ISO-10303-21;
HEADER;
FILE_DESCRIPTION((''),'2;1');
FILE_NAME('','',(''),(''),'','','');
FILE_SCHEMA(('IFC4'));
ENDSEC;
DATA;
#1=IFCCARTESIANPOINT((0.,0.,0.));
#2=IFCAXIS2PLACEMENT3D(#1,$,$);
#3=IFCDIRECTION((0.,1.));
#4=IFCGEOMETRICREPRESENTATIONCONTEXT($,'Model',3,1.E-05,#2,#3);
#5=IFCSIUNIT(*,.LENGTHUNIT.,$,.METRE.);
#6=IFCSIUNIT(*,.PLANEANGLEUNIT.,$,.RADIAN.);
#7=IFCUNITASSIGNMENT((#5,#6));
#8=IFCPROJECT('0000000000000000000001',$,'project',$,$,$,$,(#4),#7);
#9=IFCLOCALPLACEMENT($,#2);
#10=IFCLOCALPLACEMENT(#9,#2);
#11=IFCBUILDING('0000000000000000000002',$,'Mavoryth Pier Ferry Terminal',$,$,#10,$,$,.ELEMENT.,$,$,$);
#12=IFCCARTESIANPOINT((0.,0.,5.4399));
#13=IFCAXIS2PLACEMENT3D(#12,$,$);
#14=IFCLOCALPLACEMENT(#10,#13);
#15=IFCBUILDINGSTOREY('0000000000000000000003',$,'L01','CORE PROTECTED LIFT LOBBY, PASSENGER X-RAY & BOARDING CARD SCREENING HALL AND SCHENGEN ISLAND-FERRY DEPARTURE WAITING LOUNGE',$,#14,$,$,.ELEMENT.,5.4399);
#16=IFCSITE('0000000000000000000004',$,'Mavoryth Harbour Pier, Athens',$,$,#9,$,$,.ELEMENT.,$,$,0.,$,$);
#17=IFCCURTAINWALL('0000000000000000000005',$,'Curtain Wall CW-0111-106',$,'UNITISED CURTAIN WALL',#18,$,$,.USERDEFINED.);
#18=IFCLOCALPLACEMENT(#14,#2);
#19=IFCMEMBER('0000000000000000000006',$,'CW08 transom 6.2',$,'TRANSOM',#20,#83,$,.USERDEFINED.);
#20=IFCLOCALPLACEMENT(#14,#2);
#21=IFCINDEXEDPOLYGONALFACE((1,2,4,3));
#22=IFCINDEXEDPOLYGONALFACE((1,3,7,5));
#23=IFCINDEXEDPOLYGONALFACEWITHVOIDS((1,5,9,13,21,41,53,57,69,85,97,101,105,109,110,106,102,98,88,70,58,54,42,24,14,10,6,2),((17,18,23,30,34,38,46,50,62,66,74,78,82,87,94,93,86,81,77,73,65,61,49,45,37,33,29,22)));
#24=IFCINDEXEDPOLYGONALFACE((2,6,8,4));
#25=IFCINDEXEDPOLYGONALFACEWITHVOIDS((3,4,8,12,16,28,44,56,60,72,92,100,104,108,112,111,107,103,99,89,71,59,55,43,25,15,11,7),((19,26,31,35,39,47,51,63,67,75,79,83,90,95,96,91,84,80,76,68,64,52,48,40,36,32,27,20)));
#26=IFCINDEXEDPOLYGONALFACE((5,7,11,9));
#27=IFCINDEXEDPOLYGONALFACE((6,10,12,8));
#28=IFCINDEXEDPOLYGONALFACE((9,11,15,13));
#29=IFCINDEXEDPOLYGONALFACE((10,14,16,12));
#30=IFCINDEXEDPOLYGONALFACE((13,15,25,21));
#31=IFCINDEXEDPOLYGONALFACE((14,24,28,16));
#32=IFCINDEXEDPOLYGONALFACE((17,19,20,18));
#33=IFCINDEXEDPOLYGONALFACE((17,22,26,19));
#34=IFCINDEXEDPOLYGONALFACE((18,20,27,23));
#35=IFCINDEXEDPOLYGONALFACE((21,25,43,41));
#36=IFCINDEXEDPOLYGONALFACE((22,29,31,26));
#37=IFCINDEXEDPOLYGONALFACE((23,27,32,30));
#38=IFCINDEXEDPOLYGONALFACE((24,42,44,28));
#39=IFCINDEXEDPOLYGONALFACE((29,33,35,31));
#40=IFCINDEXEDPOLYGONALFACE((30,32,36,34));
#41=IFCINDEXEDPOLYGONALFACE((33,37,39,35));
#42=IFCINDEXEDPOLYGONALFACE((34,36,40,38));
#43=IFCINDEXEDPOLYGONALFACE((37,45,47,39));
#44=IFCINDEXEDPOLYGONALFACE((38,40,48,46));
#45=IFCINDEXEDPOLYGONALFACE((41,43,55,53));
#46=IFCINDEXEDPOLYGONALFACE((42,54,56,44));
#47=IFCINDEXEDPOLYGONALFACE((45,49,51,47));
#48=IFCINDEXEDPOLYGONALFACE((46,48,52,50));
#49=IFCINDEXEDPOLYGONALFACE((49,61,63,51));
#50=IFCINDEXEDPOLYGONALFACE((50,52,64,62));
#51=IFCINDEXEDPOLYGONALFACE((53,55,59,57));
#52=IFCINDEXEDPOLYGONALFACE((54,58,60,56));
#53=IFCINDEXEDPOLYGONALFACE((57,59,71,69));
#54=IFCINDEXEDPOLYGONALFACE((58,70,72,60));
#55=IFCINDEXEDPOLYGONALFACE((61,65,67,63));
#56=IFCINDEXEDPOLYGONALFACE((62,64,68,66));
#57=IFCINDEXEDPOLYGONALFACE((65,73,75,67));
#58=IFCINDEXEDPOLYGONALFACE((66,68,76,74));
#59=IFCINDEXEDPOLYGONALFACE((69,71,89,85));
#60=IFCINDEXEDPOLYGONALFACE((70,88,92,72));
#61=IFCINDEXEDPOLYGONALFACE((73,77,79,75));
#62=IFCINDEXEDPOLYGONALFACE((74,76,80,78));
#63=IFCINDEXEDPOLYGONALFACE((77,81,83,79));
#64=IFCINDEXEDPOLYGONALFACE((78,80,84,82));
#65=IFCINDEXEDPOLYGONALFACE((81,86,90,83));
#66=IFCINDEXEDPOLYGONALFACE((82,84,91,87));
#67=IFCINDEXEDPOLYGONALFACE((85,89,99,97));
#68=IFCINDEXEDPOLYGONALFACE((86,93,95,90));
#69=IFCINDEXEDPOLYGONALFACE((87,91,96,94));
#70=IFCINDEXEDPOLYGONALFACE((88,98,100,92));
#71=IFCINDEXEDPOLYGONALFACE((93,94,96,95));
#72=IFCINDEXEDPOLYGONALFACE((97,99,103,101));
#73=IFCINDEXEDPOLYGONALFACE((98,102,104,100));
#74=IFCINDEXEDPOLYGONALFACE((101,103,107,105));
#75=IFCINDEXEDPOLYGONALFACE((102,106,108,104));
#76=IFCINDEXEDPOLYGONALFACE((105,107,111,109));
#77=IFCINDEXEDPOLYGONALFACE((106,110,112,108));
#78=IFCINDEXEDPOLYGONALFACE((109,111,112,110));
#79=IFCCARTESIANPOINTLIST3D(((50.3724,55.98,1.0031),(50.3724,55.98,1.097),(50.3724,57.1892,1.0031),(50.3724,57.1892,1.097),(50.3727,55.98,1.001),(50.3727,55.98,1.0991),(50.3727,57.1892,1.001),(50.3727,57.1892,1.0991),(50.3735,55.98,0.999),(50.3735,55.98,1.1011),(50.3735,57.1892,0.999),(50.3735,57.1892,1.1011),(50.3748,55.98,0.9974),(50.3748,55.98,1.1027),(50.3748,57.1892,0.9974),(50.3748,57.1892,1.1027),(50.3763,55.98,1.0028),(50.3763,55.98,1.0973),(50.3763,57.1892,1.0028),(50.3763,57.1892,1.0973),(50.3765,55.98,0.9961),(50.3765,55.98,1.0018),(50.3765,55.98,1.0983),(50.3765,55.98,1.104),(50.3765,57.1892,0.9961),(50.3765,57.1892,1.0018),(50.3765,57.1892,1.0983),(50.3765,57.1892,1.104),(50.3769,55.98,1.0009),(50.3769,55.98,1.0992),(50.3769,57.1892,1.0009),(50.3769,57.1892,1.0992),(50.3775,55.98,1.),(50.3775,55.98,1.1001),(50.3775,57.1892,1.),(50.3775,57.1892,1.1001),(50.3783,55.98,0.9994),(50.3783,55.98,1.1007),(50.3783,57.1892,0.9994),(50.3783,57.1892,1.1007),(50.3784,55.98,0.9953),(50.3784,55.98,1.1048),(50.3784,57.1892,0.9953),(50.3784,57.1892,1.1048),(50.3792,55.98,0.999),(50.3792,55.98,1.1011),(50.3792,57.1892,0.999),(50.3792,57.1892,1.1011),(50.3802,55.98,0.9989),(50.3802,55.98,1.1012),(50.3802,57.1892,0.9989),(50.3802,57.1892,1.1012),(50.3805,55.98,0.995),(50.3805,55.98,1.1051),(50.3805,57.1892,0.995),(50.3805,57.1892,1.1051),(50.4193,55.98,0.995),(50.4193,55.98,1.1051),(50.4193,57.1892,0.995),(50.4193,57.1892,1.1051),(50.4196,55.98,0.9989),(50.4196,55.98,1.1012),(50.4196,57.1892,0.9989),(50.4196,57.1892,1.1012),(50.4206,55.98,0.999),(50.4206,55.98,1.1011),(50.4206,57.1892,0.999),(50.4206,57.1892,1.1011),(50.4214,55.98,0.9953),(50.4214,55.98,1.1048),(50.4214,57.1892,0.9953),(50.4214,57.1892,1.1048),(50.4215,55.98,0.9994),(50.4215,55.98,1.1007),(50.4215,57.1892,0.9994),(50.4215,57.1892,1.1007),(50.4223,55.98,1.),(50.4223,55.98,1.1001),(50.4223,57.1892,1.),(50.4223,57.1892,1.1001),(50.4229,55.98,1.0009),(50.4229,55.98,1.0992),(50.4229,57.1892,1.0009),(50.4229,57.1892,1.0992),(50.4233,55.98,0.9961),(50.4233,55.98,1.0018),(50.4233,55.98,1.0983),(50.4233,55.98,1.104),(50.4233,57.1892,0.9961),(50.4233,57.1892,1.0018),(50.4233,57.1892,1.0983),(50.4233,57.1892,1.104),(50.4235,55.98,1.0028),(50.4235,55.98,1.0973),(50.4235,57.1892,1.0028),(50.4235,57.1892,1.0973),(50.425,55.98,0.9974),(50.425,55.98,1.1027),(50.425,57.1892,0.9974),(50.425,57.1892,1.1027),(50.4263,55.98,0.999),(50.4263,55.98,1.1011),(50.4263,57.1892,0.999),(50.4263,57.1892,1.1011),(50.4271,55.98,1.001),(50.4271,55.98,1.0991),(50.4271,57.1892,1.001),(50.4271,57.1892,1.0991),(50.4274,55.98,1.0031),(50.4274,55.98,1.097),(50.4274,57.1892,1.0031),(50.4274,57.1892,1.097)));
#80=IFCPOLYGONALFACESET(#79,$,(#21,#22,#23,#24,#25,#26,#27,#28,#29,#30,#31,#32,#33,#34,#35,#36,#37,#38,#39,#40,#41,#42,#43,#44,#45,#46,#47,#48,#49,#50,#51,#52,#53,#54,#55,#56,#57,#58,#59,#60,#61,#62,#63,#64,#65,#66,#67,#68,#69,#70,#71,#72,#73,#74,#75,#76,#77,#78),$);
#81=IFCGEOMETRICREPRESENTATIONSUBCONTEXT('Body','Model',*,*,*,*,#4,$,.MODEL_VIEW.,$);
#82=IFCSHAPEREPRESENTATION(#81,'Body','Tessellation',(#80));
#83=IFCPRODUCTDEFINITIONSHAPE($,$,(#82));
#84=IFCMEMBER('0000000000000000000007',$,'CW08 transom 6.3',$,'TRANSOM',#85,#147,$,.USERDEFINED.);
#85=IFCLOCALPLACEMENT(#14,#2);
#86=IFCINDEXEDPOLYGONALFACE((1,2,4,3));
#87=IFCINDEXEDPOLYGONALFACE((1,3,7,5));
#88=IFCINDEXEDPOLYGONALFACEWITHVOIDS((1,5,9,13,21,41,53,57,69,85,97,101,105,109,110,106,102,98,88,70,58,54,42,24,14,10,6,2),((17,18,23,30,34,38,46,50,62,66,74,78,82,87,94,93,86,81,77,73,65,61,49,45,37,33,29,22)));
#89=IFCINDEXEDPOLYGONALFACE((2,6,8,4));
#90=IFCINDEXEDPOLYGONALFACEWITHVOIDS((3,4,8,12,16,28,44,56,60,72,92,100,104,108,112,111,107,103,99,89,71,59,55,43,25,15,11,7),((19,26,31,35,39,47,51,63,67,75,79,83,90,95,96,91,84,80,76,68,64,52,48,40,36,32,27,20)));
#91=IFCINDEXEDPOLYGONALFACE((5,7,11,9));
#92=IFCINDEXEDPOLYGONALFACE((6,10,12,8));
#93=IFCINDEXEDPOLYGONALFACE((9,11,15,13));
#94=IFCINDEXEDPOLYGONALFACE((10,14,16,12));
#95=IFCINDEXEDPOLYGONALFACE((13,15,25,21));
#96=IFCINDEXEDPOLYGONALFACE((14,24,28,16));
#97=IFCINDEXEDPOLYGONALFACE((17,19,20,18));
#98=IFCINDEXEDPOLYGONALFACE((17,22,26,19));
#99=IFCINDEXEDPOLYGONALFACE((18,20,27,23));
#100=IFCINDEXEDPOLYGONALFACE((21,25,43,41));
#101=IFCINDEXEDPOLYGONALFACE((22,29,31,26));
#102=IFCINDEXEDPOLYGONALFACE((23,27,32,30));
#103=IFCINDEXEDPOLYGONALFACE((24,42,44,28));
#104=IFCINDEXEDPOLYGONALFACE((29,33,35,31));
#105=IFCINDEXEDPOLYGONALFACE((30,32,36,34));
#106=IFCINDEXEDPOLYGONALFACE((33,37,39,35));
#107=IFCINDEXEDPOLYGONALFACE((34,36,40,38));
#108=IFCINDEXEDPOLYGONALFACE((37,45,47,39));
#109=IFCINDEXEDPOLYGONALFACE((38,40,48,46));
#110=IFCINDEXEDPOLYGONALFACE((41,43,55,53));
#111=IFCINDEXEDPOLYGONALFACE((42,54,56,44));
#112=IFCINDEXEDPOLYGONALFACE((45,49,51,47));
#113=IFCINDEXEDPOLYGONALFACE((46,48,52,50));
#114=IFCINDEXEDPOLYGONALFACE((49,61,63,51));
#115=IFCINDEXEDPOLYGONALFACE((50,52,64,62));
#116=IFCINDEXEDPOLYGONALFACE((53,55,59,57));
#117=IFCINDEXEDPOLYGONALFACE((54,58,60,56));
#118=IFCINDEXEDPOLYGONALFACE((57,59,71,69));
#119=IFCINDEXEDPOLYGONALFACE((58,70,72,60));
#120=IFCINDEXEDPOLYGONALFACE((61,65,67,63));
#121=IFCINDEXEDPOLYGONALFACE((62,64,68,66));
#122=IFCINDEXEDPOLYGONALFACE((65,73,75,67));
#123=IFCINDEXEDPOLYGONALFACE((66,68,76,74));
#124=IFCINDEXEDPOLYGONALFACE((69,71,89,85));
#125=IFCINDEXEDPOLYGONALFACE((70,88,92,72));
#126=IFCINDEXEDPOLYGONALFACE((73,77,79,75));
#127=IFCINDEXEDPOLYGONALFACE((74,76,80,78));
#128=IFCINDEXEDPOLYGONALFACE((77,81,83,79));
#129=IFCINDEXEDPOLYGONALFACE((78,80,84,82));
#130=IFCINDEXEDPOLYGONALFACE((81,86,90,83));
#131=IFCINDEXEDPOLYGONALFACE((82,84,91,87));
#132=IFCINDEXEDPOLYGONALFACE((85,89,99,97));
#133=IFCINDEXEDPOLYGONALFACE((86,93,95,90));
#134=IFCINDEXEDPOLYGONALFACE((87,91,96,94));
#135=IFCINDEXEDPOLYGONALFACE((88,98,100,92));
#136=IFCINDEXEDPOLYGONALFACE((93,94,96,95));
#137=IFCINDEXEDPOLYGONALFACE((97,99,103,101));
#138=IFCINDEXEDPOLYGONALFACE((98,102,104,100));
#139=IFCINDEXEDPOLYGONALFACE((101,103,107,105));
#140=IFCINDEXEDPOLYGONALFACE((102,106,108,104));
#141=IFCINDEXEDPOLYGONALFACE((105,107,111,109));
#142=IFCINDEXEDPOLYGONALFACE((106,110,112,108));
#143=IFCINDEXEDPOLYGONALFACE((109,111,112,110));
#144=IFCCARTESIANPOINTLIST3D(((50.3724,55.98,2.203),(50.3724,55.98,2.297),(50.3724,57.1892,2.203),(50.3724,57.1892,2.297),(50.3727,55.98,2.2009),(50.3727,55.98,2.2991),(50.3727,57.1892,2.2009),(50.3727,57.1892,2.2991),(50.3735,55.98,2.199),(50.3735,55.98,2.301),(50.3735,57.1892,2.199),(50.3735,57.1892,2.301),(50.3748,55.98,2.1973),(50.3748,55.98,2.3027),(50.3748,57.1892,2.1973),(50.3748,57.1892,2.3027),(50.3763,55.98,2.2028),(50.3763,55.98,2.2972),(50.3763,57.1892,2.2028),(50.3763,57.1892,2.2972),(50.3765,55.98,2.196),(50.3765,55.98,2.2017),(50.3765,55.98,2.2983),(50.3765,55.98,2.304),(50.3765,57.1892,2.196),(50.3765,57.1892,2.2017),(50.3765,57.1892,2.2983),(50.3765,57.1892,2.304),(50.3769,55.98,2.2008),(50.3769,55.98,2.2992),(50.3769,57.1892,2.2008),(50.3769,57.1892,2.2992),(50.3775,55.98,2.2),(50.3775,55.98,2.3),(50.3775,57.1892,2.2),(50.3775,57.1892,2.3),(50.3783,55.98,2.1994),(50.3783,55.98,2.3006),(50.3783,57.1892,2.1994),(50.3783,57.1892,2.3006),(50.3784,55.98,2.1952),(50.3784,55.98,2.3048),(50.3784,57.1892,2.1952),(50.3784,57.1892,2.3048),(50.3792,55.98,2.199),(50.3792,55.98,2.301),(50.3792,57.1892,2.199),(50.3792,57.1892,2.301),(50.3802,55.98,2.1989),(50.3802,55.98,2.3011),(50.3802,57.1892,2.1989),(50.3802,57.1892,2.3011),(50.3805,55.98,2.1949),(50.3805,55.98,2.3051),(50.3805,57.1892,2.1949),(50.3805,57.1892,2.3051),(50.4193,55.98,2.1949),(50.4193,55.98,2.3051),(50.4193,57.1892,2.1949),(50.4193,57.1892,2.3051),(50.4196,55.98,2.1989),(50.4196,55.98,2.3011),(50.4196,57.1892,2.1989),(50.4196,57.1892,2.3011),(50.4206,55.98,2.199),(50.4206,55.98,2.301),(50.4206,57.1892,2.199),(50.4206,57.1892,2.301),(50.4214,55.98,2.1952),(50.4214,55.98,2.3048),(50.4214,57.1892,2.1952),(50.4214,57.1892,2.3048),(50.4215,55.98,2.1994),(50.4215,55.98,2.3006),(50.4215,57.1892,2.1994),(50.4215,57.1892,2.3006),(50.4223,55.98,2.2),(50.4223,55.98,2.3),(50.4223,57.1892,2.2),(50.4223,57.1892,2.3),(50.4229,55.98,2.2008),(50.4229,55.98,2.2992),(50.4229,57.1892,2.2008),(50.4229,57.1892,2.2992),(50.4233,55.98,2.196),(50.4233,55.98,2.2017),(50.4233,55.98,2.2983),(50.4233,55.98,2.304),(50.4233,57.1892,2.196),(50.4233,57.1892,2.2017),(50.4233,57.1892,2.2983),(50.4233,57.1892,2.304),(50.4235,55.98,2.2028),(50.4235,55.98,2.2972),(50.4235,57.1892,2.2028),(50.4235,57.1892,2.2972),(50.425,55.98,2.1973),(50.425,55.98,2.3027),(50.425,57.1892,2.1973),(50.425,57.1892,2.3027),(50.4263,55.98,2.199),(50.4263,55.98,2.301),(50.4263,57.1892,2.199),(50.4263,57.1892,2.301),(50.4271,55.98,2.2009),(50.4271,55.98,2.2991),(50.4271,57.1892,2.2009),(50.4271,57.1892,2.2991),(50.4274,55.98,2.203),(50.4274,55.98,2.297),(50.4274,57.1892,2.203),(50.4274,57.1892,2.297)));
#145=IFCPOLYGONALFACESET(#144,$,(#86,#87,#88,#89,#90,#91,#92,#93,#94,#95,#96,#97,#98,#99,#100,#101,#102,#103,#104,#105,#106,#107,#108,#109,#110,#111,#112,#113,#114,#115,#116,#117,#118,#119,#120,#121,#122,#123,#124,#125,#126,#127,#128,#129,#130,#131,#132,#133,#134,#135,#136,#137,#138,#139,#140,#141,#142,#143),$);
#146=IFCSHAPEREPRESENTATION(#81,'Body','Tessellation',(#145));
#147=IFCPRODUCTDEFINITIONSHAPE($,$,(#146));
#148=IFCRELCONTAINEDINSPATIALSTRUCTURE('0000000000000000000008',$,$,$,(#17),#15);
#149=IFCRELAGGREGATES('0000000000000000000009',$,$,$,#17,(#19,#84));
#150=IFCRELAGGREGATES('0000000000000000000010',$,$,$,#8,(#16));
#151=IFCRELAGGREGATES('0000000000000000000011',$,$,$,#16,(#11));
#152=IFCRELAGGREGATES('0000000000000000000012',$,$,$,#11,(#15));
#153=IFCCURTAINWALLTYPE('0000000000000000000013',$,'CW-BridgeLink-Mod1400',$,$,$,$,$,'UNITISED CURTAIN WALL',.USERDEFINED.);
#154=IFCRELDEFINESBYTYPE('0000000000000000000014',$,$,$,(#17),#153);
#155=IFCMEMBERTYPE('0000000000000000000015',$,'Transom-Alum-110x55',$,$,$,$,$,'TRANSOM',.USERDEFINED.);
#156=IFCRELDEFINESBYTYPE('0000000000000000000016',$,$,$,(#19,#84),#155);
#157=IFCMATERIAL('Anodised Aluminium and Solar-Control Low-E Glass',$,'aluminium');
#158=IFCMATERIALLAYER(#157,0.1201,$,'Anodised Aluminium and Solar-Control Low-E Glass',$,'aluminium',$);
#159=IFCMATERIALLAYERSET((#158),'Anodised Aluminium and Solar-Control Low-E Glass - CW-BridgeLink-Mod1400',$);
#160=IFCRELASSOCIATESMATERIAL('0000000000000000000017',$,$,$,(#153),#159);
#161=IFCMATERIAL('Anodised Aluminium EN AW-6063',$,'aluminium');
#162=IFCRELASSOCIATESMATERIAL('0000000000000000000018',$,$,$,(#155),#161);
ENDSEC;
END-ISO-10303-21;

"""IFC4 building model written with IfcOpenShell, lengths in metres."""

from ifc_helpers import new_model, si_unit, direction, frame, origin, origin_2d, place, context, subcontext, project, spatial, hollow_rectangle, extrude, material, layer, layer_set, material_profile, profile_set, type_object, element, aggregate, save


model = new_model("IFC4")

# Units and contexts
model_context = context("Model", 3, precision=1e-05, world=origin(), true_north=direction((0.0, 1.0)))
body_context = subcontext(model_context, "Body", "Model", "MODEL_VIEW")
ifc_project = project(units=[si_unit("LENGTHUNIT", "METRE"), si_unit("PLANEANGLEUNIT", "RADIAN")], contexts=[model_context])

# Site, building, storey
site_placement = place(None, origin())
site = spatial("IfcSite", under=ifc_project, at=site_placement, Name="Mavoryth Harbour Pier, Athens", CompositionType="ELEMENT", RefElevation=0.0)
building_placement = place(site_placement, origin())
building = spatial("IfcBuilding", under=site, at=building_placement, Name="Mavoryth Pier Ferry Terminal", CompositionType="ELEMENT")
storey_placement = place(building_placement, frame((0.0, 0.0, 5.4399)))
storey = spatial("IfcBuildingStorey", under=building, at=storey_placement, Name="L01", Description="CORE PROTECTED LIFT LOBBY, PASSENGER X-RAY & BOARDING CARD SCREENING HALL AND SCHENGEN ISLAND-FERRY DEPARTURE WAITING LOUNGE", CompositionType="ELEMENT", Elevation=5.4399)

# Shared definitions
ifc_material_1 = material(Name="Anodised Aluminium and Solar-Control Low-E Glass", Category="aluminium")
ifc_layer_1 = layer(ifc_material_1, 0.1201, Name="Anodised Aluminium and Solar-Control Low-E Glass", Category="aluminium")
ifc_layer_set_1 = layer_set([ifc_layer_1], Name="Anodised Aluminium and Solar-Control Low-E Glass - CW-BridgeLink-Mod1400")
curtain_wall_type = type_object("IfcCurtainWallType", Name="CW-BridgeLink-Mod1400", ElementType="UNITISED CURTAIN WALL", PredefinedType="USERDEFINED", material=ifc_layer_set_1)
ifc_material_2 = material(Name="Anodised Aluminium EN AW-6063", Category="aluminium")

# Curtain wall
curtain_wall_1_placement = place(storey_placement, origin())
curtain_wall_1 = element("IfcCurtainWall", 1, at=curtain_wall_1_placement, inside=storey, type_object=curtain_wall_type, Name="Curtain Wall CW-0111-106", ObjectType="UNITISED CURTAIN WALL", PredefinedType="USERDEFINED")

# Members
ifc_material_profile_1 = material_profile(ifc_material_2, hollow_rectangle(XDim=0.0549, YDim=0.1101, WallThickness=0.0039, InnerFilletRadius=0.0039, OuterFilletRadius=0.0081, at=origin_2d()), Name="AL-TRAN 110x55x4", Category="aluminium")
ifc_profile_set_1 = profile_set([ifc_material_profile_1], Name="Anodised Aluminium EN AW-6063 - AL-TRAN 110x55x4")
member_type_1 = type_object("IfcMemberType", Name="Transom-Alum-110x55", ElementType="TRANSOM", PredefinedType="USERDEFINED", material=ifc_profile_set_1)
member_1_placement = place(storey_placement, frame((50.3999, 57.1892, 1.05), z_axis=(0.0, -1.0, 0.0), x_axis=(1.0, 0.0, 0.0)))
member_1 = element("IfcMember", 2, at=member_1_placement, type_object=member_type_1, Name="CW08 transom 6.2", ObjectType="TRANSOM", PredefinedType="USERDEFINED", context=body_context, shape_type="SweptSolid", body=[
    extrude(hollow_rectangle(XDim=0.0549, YDim=0.1101, WallThickness=0.0039, InnerFilletRadius=0.0039, OuterFilletRadius=0.0081, at=origin_2d()), origin(), (0.0, 0.0, 1.0), 1.2092),
])
member_2_placement = place(storey_placement, frame((50.3999, 57.1892, 2.25), z_axis=(0.0, -1.0, 0.0), x_axis=(1.0, 0.0, 0.0)))
member_2 = element("IfcMember", 3, at=member_2_placement, type_object=member_type_1, Name="CW08 transom 6.3", ObjectType="TRANSOM", PredefinedType="USERDEFINED", context=body_context, shape_type="SweptSolid", body=[
    extrude(hollow_rectangle(XDim=0.0549, YDim=0.1101, WallThickness=0.0039, InnerFilletRadius=0.0039, OuterFilletRadius=0.0081, at=origin_2d()), origin(), (0.0, 0.0, 1.0), 1.2092),
])

aggregate(curtain_wall_1, [member_1, member_2])

save(model, "model.ifc")
